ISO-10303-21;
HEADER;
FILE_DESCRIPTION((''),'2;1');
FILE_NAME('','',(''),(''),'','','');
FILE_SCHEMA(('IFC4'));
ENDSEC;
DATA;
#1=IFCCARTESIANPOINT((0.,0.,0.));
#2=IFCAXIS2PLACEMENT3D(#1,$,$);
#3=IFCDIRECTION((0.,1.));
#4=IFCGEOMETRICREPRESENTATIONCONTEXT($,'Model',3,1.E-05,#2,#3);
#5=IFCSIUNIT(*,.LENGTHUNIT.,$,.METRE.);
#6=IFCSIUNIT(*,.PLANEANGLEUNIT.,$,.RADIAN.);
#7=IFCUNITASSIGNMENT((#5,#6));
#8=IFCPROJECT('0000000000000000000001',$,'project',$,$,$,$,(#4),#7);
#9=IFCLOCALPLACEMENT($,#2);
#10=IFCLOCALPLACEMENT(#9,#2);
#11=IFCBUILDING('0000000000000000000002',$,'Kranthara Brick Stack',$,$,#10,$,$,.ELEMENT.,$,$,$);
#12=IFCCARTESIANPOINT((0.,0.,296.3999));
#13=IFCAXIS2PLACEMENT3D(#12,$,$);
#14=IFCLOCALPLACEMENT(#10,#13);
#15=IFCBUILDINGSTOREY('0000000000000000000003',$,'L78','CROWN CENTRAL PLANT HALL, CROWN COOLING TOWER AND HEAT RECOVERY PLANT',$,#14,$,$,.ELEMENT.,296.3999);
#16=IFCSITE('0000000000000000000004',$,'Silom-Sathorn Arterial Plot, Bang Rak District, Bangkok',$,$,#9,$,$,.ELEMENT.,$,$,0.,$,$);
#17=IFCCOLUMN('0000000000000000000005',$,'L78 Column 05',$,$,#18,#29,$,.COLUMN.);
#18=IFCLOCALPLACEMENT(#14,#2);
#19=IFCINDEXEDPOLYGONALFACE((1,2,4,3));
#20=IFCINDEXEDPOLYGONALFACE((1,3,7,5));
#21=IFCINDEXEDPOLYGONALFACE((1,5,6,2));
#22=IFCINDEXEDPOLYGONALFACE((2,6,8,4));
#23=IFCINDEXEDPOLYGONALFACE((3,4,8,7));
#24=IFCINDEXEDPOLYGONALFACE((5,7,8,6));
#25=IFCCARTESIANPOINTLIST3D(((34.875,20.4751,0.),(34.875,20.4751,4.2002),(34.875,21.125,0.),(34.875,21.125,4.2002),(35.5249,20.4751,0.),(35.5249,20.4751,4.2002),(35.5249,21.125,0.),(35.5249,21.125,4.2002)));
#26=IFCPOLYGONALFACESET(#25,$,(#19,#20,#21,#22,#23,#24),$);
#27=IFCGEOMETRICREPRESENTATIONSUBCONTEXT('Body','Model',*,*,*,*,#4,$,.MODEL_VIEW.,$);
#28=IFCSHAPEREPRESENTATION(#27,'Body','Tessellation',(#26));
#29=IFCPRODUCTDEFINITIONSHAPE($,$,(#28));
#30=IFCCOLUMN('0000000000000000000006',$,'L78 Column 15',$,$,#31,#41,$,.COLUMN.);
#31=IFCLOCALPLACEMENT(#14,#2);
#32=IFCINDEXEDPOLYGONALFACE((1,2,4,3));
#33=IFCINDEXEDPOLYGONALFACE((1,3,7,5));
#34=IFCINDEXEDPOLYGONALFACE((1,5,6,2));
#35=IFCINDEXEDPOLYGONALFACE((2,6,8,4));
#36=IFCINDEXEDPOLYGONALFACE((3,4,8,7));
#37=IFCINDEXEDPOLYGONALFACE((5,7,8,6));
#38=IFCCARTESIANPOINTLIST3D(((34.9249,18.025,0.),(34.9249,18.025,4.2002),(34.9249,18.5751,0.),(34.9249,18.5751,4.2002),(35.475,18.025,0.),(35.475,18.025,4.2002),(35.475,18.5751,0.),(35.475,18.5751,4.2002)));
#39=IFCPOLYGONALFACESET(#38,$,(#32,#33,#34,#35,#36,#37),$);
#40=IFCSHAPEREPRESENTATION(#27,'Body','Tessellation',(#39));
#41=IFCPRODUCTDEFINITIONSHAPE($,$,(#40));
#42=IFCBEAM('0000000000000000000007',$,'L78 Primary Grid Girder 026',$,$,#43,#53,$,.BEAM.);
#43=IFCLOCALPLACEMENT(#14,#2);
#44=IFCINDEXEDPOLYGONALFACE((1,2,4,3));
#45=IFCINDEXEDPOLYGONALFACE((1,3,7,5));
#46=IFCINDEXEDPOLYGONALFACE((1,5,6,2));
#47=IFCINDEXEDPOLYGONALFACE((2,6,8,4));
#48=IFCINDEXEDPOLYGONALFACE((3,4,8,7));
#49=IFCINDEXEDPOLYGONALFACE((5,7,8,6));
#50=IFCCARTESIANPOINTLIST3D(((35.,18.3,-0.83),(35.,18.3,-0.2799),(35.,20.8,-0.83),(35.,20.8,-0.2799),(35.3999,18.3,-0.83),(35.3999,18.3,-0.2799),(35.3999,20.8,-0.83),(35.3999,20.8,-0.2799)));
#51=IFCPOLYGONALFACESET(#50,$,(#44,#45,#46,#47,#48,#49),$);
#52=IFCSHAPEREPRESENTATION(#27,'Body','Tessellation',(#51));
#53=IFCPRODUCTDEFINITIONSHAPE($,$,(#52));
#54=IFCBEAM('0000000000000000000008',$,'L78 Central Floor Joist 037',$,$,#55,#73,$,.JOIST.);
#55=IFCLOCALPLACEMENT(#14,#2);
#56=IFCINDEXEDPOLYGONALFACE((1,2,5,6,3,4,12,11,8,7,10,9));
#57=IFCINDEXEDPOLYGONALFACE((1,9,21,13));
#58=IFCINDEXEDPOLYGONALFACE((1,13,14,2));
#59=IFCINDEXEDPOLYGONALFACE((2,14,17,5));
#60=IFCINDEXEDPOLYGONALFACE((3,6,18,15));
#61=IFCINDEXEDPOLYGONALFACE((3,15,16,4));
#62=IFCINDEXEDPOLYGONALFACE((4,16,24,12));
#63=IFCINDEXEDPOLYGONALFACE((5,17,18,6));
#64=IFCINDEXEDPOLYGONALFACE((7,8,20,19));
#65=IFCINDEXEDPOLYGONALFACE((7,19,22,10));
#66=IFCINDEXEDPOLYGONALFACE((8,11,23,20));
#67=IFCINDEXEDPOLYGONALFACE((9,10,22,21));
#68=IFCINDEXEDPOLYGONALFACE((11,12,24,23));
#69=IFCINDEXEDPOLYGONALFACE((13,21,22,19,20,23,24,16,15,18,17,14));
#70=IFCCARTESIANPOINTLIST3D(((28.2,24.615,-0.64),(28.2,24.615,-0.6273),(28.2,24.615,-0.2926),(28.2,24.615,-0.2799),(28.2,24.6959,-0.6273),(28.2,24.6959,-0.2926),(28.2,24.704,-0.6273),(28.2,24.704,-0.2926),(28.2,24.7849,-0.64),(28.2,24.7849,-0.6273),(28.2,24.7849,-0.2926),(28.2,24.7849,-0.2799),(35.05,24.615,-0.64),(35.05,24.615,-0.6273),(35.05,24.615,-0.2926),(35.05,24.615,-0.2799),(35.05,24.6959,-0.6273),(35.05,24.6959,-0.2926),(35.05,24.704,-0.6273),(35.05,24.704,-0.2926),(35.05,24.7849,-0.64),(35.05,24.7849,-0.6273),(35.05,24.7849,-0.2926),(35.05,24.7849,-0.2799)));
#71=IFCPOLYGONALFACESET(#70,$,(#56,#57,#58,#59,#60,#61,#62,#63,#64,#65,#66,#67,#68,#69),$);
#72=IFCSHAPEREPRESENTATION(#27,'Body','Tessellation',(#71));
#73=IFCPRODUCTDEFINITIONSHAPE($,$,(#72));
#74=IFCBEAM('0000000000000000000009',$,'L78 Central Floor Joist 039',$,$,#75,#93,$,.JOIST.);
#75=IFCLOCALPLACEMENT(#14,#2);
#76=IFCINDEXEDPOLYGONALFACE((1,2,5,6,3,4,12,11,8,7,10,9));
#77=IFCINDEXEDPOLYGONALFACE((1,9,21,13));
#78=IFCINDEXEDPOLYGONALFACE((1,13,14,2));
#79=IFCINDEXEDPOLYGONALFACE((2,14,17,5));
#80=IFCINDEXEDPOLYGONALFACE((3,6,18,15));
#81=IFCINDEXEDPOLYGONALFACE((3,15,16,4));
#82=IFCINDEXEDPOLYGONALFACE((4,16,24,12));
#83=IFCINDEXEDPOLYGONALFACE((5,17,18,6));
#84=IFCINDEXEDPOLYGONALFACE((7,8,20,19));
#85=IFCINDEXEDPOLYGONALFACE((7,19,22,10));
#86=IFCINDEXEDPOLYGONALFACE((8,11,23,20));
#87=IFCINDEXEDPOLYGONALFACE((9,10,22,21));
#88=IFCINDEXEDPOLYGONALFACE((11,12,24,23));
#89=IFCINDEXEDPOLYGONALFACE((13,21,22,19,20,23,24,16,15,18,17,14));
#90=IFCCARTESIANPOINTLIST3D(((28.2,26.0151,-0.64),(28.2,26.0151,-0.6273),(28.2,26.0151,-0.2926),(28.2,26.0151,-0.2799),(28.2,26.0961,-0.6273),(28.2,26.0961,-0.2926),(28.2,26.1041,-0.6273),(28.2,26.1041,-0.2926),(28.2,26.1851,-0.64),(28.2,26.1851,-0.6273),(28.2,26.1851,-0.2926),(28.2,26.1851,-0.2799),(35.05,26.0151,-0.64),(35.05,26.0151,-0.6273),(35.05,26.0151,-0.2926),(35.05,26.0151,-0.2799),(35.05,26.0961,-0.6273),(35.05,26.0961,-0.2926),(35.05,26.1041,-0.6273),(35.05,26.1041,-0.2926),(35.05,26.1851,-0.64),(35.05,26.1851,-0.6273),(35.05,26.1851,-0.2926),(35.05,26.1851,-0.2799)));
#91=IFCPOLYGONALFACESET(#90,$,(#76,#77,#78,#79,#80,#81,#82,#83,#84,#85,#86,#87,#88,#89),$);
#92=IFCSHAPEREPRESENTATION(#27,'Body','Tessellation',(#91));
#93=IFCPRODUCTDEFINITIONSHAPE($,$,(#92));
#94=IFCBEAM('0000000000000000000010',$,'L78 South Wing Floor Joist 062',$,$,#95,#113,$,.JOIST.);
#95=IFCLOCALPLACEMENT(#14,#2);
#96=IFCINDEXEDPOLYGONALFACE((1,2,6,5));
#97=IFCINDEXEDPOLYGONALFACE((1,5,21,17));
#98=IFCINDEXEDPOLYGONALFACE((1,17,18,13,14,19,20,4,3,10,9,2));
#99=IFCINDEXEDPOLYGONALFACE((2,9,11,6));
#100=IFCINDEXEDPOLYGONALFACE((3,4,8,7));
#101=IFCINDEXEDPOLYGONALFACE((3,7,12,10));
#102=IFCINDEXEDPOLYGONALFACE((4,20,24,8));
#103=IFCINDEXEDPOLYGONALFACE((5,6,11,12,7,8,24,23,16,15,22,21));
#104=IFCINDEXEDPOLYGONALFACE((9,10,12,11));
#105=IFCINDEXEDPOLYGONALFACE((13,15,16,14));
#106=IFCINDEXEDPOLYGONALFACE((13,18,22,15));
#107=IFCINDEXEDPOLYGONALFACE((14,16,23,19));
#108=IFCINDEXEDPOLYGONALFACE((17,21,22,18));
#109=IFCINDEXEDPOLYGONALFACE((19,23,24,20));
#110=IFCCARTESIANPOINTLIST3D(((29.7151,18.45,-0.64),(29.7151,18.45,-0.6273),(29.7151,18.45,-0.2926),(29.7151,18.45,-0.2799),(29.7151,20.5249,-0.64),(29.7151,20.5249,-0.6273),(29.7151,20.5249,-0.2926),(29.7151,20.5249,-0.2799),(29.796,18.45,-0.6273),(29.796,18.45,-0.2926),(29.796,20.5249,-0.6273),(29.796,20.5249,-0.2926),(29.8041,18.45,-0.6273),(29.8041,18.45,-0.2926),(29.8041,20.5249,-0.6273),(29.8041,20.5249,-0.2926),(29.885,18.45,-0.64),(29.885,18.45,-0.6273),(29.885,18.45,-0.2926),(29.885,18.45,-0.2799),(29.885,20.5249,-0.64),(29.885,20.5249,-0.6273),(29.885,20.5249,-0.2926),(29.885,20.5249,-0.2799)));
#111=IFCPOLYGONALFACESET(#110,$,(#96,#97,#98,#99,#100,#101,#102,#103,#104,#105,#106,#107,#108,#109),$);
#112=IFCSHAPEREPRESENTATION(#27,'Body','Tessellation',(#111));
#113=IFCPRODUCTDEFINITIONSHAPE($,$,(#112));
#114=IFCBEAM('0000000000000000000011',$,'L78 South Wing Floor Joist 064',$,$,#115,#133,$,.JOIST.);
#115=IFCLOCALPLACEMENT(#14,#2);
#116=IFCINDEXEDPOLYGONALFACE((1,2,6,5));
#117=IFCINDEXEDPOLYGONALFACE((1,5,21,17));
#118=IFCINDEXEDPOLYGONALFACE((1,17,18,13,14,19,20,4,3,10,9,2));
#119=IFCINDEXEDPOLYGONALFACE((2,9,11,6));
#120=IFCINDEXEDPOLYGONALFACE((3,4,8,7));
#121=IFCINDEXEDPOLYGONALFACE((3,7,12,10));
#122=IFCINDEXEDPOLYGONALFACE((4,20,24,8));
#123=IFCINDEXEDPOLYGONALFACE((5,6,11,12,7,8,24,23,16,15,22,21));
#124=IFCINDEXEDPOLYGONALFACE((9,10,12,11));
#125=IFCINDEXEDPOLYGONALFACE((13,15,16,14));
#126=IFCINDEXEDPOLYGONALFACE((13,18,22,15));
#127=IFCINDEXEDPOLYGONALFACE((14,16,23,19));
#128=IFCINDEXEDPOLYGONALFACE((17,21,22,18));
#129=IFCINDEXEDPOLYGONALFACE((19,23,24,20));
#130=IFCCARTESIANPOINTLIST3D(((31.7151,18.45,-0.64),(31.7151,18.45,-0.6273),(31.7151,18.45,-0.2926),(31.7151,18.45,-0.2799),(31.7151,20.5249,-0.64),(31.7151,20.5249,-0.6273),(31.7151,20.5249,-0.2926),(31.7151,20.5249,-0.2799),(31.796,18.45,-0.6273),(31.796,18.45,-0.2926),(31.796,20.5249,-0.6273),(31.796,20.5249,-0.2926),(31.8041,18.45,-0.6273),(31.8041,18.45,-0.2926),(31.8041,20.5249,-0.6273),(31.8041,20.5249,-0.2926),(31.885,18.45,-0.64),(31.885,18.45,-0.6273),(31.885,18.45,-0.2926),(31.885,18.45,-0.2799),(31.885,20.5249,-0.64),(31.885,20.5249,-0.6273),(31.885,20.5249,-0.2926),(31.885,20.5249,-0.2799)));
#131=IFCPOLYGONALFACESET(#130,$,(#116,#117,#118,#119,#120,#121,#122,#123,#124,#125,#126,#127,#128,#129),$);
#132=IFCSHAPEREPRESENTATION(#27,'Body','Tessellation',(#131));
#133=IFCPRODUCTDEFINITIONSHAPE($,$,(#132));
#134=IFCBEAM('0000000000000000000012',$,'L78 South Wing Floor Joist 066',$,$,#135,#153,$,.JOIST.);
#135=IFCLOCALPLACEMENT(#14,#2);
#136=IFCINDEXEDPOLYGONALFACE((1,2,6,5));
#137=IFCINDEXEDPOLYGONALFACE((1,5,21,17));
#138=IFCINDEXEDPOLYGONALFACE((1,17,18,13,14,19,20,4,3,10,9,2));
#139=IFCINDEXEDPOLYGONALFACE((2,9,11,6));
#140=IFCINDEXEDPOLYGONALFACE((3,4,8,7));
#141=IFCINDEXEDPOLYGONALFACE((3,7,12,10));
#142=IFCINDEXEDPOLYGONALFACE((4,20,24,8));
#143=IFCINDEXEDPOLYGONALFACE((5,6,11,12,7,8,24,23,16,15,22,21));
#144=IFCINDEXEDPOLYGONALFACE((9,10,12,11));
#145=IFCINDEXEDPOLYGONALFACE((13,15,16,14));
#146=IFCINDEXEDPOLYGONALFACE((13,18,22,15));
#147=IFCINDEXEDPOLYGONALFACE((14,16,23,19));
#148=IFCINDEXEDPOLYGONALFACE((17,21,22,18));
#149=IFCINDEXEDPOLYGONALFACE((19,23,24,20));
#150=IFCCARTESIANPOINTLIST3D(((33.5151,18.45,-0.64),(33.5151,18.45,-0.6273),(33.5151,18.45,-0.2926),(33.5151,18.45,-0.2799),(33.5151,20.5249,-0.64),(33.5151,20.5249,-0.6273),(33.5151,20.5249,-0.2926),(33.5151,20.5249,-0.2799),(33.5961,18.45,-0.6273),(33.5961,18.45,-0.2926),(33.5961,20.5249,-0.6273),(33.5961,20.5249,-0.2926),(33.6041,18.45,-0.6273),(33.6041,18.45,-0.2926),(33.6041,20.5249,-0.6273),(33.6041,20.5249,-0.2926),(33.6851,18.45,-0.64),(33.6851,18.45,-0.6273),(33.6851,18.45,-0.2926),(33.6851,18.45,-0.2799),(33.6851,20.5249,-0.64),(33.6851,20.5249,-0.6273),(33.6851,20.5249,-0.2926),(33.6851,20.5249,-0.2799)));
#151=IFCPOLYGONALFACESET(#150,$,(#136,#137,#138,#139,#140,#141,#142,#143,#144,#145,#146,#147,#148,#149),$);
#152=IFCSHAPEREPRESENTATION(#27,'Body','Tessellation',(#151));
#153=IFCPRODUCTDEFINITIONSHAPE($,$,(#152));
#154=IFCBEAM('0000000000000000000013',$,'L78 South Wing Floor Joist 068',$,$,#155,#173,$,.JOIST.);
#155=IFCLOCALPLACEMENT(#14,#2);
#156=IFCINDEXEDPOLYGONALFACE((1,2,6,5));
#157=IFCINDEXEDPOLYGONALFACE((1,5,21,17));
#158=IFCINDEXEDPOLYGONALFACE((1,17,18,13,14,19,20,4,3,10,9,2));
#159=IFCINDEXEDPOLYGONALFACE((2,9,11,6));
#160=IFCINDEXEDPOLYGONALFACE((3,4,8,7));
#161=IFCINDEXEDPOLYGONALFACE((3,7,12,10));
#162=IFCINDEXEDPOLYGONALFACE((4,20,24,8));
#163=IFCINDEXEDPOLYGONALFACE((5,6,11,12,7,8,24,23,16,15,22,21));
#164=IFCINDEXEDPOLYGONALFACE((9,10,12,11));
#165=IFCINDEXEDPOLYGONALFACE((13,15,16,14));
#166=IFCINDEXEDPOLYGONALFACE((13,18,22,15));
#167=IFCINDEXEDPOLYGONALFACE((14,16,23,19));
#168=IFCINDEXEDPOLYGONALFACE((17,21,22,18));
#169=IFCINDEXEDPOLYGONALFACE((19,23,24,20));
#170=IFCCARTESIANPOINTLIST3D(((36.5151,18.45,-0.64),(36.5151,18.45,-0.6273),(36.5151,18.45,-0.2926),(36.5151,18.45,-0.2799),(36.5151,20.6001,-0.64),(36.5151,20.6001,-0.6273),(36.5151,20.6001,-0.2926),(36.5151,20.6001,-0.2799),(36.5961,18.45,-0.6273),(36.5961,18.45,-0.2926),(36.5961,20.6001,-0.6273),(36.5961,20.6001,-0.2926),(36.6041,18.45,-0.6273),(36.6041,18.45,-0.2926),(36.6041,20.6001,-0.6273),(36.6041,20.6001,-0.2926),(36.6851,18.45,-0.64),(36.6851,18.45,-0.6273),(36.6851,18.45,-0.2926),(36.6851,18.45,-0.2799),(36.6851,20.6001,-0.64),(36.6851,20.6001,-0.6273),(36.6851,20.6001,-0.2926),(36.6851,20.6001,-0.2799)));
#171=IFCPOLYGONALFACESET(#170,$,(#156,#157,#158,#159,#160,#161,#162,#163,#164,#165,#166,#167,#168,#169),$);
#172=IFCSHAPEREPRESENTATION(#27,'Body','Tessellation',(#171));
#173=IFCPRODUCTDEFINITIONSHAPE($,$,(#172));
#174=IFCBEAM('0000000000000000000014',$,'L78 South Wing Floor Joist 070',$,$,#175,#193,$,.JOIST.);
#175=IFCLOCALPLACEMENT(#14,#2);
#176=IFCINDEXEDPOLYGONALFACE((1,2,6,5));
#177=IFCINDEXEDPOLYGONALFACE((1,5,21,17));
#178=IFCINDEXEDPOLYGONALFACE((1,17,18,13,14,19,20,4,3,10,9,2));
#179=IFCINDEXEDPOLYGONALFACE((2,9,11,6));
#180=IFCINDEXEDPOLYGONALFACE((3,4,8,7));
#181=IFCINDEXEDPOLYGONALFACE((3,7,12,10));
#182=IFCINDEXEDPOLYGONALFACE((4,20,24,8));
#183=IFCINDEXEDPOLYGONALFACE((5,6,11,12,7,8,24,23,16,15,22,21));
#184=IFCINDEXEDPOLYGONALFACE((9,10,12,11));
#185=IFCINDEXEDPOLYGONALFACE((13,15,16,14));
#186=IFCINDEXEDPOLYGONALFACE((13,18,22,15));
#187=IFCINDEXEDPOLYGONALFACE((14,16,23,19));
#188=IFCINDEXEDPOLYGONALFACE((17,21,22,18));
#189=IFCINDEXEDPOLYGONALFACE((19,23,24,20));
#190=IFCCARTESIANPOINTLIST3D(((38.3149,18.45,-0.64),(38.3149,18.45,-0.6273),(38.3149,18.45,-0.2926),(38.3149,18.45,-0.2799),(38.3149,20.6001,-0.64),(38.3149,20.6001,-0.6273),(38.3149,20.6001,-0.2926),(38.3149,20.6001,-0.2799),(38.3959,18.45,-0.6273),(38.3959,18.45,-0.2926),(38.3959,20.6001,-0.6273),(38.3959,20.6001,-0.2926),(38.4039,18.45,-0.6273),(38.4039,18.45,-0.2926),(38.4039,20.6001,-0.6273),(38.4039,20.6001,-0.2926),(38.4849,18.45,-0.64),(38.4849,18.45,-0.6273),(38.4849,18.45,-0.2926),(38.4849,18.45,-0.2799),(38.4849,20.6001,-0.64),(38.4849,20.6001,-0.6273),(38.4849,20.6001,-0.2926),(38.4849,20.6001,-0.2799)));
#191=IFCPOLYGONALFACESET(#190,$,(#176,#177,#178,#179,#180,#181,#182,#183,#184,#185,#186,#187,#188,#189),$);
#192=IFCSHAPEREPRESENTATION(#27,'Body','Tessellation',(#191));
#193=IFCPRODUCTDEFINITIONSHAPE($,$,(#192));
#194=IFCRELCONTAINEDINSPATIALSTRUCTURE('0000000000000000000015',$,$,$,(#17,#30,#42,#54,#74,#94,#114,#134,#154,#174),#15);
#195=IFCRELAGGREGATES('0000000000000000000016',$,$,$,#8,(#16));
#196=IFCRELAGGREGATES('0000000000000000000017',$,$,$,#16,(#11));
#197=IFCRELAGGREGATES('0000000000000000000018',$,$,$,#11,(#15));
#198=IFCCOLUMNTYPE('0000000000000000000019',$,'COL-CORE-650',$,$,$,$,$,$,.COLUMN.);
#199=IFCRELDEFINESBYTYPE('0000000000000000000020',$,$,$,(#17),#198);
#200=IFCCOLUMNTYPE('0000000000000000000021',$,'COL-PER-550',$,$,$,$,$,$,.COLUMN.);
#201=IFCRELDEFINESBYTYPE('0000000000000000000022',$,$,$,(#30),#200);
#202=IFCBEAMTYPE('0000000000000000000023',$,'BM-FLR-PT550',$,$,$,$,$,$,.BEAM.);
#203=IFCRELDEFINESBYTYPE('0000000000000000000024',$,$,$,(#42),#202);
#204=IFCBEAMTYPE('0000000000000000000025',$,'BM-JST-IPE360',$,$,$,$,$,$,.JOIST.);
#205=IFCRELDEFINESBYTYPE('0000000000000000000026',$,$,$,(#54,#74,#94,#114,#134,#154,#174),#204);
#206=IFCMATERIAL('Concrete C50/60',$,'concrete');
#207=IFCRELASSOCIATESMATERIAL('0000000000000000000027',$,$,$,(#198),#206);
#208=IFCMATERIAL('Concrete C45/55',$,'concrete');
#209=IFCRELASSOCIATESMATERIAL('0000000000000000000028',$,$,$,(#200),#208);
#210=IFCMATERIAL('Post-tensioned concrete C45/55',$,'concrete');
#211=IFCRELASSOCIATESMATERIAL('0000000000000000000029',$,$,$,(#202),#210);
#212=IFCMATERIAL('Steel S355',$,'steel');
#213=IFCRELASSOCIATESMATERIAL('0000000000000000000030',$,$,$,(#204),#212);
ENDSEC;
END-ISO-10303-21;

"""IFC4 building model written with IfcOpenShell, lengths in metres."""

from ifc_helpers import new_model, si_unit, direction, frame, origin, origin_2d, place, context, subcontext, project, spatial, rectangle, i_section, extrude, material, material_profile, profile_set, type_object, element, save


model = new_model("IFC4")

# Units and contexts
model_context = context("Model", 3, precision=1e-05, world=origin(), true_north=direction((0.0, 1.0)))
body_context = subcontext(model_context, "Body", "Model", "MODEL_VIEW")
ifc_project = project(units=[si_unit("LENGTHUNIT", "METRE"), si_unit("PLANEANGLEUNIT", "RADIAN")], contexts=[model_context])

# Site, building, storey
site_placement = place(None, origin())
site = spatial("IfcSite", under=ifc_project, at=site_placement, Name="Silom-Sathorn Arterial Plot, Bang Rak District, Bangkok", CompositionType="ELEMENT", RefElevation=0.0)
building_placement = place(site_placement, origin())
building = spatial("IfcBuilding", under=site, at=building_placement, Name="Kranthara Brick Stack", CompositionType="ELEMENT")
storey_placement = place(building_placement, frame((0.0, 0.0, 296.3999)))
storey = spatial("IfcBuildingStorey", under=building, at=storey_placement, Name="L78", Description="CROWN CENTRAL PLANT HALL, CROWN COOLING TOWER AND HEAT RECOVERY PLANT", CompositionType="ELEMENT", Elevation=296.3999)

# Columns
ifc_material_1 = material(Name="Concrete C50/60", Category="concrete")
ifc_material_profile_1 = material_profile(ifc_material_1, rectangle(XDim=0.6499, YDim=0.6499, at=origin_2d()), Name="RC 650x650")
ifc_profile_set_1 = profile_set([ifc_material_profile_1], Name="Concrete C50/60")
column_type_1 = type_object("IfcColumnType", Name="COL-CORE-650", PredefinedType="COLUMN", material=ifc_profile_set_1)
column_1_placement = place(storey_placement, frame((35.2, 20.8, 0.0), z_axis=(0.0, 0.0, 1.0), x_axis=(1.0, 0.0, 0.0)))
element("IfcColumn", 1, at=column_1_placement, inside=storey, type_object=column_type_1, Name="L78 Column 05", PredefinedType="COLUMN", context=body_context, shape_type="SweptSolid", body=[
    extrude(rectangle(XDim=0.6499, YDim=0.6499, at=origin_2d()), origin(), (0.0, 0.0, 1.0), 4.2002),
])
ifc_material_2 = material(Name="Concrete C45/55", Category="concrete")
ifc_material_profile_2 = material_profile(ifc_material_2, rectangle(XDim=0.55, YDim=0.55, at=origin_2d()), Name="RC 550x550")
ifc_profile_set_2 = profile_set([ifc_material_profile_2], Name="Concrete C45/55")
column_type_2 = type_object("IfcColumnType", Name="COL-PER-550", PredefinedType="COLUMN", material=ifc_profile_set_2)
column_2_placement = place(storey_placement, frame((35.2, 18.3, 0.0), z_axis=(0.0, 0.0, 1.0), x_axis=(1.0, 0.0, 0.0)))
element("IfcColumn", 2, at=column_2_placement, inside=storey, type_object=column_type_2, Name="L78 Column 15", PredefinedType="COLUMN", context=body_context, shape_type="SweptSolid", body=[
    extrude(rectangle(XDim=0.55, YDim=0.55, at=origin_2d()), origin(), (0.0, 0.0, 1.0), 4.2002),
])

# Beams
ifc_material_3 = material(Name="Post-tensioned concrete C45/55", Category="concrete")
ifc_material_profile_3 = material_profile(ifc_material_3, rectangle(XDim=0.3999, YDim=0.55, at=origin_2d()), Name="PT 400x550")
ifc_profile_set_3 = profile_set([ifc_material_profile_3], Name="Post-tensioned concrete C45/55")
beam_type_1 = type_object("IfcBeamType", Name="BM-FLR-PT550", PredefinedType="BEAM", material=ifc_profile_set_3)
beam_1_placement = place(storey_placement, frame((35.2, 18.3, -0.5549), z_axis=(0.0, 1.0, 0.0), x_axis=(-1.0, 0.0, 0.0)))
element("IfcBeam", 3, at=beam_1_placement, inside=storey, type_object=beam_type_1, Name="L78 Primary Grid Girder 026", PredefinedType="BEAM", context=body_context, shape_type="SweptSolid", body=[
    extrude(rectangle(XDim=0.3999, YDim=0.55, at=origin_2d()), origin(), (0.0, 0.0, 1.0), 2.5),
])
ifc_material_4 = material(Name="Steel S355", Category="steel")
ifc_material_profile_4 = material_profile(ifc_material_4, i_section(OverallWidth=0.1699, OverallDepth=0.3601, WebThickness=0.0081, FlangeThickness=0.0127, at=origin_2d()), Name="IPE 360")
ifc_profile_set_4 = profile_set([ifc_material_profile_4], Name="Steel S355")
beam_type_2 = type_object("IfcBeamType", Name="BM-JST-IPE360", PredefinedType="JOIST", material=ifc_profile_set_4)
for number, where, z_axis, x_axis, name in (
    (4, (28.2, 24.7, -0.46), (1.0, 0.0, 0.0), (0.0, 1.0, 0.0), "L78 Central Floor Joist 037"),
    (5, (28.2, 26.1001, -0.46), (1.0, 0.0, 0.0), (0.0, 1.0, 0.0), "L78 Central Floor Joist 039"),
):
    element("IfcBeam", number, at=place(storey_placement, frame(where, z_axis=z_axis, x_axis=x_axis)), inside=storey, type_object=beam_type_2, Name=name, PredefinedType="JOIST", context=body_context, shape_type="SweptSolid", body=[
        extrude(i_section(OverallWidth=0.1699, OverallDepth=0.3601, WebThickness=0.0081, FlangeThickness=0.0127, at=origin_2d()), origin(), (0.0, 0.0, 1.0), 6.8501),
    ])
for number, where, z_axis, x_axis, name in (
    (6, (29.8, 18.45, -0.46), (0.0, 1.0, 0.0), (-1.0, 0.0, 0.0), "L78 South Wing Floor Joist 062"),
    (7, (31.8, 18.45, -0.46), (0.0, 1.0, 0.0), (-1.0, 0.0, 0.0), "L78 South Wing Floor Joist 064"),
    (8, (33.6001, 18.45, -0.46), (0.0, 1.0, 0.0), (-1.0, 0.0, 0.0), "L78 South Wing Floor Joist 066"),
):
    element("IfcBeam", number, at=place(storey_placement, frame(where, z_axis=z_axis, x_axis=x_axis)), inside=storey, type_object=beam_type_2, Name=name, PredefinedType="JOIST", context=body_context, shape_type="SweptSolid", body=[
        extrude(i_section(OverallWidth=0.1699, OverallDepth=0.3601, WebThickness=0.0081, FlangeThickness=0.0127, at=origin_2d()), origin(), (0.0, 0.0, 1.0), 2.075),
    ])
for number, where, z_axis, x_axis, name in (
    (9, (36.6001, 18.45, -0.46), (0.0, 1.0, 0.0), (-1.0, 0.0, 0.0), "L78 South Wing Floor Joist 068"),
    (10, (38.3999, 18.45, -0.46), (0.0, 1.0, 0.0), (-1.0, 0.0, 0.0), "L78 South Wing Floor Joist 070"),
):
    element("IfcBeam", number, at=place(storey_placement, frame(where, z_axis=z_axis, x_axis=x_axis)), inside=storey, type_object=beam_type_2, Name=name, PredefinedType="JOIST", context=body_context, shape_type="SweptSolid", body=[
        extrude(i_section(OverallWidth=0.1699, OverallDepth=0.3601, WebThickness=0.0081, FlangeThickness=0.0127, at=origin_2d()), origin(), (0.0, 0.0, 1.0), 2.1501),
    ])

save(model, "model.ifc")
